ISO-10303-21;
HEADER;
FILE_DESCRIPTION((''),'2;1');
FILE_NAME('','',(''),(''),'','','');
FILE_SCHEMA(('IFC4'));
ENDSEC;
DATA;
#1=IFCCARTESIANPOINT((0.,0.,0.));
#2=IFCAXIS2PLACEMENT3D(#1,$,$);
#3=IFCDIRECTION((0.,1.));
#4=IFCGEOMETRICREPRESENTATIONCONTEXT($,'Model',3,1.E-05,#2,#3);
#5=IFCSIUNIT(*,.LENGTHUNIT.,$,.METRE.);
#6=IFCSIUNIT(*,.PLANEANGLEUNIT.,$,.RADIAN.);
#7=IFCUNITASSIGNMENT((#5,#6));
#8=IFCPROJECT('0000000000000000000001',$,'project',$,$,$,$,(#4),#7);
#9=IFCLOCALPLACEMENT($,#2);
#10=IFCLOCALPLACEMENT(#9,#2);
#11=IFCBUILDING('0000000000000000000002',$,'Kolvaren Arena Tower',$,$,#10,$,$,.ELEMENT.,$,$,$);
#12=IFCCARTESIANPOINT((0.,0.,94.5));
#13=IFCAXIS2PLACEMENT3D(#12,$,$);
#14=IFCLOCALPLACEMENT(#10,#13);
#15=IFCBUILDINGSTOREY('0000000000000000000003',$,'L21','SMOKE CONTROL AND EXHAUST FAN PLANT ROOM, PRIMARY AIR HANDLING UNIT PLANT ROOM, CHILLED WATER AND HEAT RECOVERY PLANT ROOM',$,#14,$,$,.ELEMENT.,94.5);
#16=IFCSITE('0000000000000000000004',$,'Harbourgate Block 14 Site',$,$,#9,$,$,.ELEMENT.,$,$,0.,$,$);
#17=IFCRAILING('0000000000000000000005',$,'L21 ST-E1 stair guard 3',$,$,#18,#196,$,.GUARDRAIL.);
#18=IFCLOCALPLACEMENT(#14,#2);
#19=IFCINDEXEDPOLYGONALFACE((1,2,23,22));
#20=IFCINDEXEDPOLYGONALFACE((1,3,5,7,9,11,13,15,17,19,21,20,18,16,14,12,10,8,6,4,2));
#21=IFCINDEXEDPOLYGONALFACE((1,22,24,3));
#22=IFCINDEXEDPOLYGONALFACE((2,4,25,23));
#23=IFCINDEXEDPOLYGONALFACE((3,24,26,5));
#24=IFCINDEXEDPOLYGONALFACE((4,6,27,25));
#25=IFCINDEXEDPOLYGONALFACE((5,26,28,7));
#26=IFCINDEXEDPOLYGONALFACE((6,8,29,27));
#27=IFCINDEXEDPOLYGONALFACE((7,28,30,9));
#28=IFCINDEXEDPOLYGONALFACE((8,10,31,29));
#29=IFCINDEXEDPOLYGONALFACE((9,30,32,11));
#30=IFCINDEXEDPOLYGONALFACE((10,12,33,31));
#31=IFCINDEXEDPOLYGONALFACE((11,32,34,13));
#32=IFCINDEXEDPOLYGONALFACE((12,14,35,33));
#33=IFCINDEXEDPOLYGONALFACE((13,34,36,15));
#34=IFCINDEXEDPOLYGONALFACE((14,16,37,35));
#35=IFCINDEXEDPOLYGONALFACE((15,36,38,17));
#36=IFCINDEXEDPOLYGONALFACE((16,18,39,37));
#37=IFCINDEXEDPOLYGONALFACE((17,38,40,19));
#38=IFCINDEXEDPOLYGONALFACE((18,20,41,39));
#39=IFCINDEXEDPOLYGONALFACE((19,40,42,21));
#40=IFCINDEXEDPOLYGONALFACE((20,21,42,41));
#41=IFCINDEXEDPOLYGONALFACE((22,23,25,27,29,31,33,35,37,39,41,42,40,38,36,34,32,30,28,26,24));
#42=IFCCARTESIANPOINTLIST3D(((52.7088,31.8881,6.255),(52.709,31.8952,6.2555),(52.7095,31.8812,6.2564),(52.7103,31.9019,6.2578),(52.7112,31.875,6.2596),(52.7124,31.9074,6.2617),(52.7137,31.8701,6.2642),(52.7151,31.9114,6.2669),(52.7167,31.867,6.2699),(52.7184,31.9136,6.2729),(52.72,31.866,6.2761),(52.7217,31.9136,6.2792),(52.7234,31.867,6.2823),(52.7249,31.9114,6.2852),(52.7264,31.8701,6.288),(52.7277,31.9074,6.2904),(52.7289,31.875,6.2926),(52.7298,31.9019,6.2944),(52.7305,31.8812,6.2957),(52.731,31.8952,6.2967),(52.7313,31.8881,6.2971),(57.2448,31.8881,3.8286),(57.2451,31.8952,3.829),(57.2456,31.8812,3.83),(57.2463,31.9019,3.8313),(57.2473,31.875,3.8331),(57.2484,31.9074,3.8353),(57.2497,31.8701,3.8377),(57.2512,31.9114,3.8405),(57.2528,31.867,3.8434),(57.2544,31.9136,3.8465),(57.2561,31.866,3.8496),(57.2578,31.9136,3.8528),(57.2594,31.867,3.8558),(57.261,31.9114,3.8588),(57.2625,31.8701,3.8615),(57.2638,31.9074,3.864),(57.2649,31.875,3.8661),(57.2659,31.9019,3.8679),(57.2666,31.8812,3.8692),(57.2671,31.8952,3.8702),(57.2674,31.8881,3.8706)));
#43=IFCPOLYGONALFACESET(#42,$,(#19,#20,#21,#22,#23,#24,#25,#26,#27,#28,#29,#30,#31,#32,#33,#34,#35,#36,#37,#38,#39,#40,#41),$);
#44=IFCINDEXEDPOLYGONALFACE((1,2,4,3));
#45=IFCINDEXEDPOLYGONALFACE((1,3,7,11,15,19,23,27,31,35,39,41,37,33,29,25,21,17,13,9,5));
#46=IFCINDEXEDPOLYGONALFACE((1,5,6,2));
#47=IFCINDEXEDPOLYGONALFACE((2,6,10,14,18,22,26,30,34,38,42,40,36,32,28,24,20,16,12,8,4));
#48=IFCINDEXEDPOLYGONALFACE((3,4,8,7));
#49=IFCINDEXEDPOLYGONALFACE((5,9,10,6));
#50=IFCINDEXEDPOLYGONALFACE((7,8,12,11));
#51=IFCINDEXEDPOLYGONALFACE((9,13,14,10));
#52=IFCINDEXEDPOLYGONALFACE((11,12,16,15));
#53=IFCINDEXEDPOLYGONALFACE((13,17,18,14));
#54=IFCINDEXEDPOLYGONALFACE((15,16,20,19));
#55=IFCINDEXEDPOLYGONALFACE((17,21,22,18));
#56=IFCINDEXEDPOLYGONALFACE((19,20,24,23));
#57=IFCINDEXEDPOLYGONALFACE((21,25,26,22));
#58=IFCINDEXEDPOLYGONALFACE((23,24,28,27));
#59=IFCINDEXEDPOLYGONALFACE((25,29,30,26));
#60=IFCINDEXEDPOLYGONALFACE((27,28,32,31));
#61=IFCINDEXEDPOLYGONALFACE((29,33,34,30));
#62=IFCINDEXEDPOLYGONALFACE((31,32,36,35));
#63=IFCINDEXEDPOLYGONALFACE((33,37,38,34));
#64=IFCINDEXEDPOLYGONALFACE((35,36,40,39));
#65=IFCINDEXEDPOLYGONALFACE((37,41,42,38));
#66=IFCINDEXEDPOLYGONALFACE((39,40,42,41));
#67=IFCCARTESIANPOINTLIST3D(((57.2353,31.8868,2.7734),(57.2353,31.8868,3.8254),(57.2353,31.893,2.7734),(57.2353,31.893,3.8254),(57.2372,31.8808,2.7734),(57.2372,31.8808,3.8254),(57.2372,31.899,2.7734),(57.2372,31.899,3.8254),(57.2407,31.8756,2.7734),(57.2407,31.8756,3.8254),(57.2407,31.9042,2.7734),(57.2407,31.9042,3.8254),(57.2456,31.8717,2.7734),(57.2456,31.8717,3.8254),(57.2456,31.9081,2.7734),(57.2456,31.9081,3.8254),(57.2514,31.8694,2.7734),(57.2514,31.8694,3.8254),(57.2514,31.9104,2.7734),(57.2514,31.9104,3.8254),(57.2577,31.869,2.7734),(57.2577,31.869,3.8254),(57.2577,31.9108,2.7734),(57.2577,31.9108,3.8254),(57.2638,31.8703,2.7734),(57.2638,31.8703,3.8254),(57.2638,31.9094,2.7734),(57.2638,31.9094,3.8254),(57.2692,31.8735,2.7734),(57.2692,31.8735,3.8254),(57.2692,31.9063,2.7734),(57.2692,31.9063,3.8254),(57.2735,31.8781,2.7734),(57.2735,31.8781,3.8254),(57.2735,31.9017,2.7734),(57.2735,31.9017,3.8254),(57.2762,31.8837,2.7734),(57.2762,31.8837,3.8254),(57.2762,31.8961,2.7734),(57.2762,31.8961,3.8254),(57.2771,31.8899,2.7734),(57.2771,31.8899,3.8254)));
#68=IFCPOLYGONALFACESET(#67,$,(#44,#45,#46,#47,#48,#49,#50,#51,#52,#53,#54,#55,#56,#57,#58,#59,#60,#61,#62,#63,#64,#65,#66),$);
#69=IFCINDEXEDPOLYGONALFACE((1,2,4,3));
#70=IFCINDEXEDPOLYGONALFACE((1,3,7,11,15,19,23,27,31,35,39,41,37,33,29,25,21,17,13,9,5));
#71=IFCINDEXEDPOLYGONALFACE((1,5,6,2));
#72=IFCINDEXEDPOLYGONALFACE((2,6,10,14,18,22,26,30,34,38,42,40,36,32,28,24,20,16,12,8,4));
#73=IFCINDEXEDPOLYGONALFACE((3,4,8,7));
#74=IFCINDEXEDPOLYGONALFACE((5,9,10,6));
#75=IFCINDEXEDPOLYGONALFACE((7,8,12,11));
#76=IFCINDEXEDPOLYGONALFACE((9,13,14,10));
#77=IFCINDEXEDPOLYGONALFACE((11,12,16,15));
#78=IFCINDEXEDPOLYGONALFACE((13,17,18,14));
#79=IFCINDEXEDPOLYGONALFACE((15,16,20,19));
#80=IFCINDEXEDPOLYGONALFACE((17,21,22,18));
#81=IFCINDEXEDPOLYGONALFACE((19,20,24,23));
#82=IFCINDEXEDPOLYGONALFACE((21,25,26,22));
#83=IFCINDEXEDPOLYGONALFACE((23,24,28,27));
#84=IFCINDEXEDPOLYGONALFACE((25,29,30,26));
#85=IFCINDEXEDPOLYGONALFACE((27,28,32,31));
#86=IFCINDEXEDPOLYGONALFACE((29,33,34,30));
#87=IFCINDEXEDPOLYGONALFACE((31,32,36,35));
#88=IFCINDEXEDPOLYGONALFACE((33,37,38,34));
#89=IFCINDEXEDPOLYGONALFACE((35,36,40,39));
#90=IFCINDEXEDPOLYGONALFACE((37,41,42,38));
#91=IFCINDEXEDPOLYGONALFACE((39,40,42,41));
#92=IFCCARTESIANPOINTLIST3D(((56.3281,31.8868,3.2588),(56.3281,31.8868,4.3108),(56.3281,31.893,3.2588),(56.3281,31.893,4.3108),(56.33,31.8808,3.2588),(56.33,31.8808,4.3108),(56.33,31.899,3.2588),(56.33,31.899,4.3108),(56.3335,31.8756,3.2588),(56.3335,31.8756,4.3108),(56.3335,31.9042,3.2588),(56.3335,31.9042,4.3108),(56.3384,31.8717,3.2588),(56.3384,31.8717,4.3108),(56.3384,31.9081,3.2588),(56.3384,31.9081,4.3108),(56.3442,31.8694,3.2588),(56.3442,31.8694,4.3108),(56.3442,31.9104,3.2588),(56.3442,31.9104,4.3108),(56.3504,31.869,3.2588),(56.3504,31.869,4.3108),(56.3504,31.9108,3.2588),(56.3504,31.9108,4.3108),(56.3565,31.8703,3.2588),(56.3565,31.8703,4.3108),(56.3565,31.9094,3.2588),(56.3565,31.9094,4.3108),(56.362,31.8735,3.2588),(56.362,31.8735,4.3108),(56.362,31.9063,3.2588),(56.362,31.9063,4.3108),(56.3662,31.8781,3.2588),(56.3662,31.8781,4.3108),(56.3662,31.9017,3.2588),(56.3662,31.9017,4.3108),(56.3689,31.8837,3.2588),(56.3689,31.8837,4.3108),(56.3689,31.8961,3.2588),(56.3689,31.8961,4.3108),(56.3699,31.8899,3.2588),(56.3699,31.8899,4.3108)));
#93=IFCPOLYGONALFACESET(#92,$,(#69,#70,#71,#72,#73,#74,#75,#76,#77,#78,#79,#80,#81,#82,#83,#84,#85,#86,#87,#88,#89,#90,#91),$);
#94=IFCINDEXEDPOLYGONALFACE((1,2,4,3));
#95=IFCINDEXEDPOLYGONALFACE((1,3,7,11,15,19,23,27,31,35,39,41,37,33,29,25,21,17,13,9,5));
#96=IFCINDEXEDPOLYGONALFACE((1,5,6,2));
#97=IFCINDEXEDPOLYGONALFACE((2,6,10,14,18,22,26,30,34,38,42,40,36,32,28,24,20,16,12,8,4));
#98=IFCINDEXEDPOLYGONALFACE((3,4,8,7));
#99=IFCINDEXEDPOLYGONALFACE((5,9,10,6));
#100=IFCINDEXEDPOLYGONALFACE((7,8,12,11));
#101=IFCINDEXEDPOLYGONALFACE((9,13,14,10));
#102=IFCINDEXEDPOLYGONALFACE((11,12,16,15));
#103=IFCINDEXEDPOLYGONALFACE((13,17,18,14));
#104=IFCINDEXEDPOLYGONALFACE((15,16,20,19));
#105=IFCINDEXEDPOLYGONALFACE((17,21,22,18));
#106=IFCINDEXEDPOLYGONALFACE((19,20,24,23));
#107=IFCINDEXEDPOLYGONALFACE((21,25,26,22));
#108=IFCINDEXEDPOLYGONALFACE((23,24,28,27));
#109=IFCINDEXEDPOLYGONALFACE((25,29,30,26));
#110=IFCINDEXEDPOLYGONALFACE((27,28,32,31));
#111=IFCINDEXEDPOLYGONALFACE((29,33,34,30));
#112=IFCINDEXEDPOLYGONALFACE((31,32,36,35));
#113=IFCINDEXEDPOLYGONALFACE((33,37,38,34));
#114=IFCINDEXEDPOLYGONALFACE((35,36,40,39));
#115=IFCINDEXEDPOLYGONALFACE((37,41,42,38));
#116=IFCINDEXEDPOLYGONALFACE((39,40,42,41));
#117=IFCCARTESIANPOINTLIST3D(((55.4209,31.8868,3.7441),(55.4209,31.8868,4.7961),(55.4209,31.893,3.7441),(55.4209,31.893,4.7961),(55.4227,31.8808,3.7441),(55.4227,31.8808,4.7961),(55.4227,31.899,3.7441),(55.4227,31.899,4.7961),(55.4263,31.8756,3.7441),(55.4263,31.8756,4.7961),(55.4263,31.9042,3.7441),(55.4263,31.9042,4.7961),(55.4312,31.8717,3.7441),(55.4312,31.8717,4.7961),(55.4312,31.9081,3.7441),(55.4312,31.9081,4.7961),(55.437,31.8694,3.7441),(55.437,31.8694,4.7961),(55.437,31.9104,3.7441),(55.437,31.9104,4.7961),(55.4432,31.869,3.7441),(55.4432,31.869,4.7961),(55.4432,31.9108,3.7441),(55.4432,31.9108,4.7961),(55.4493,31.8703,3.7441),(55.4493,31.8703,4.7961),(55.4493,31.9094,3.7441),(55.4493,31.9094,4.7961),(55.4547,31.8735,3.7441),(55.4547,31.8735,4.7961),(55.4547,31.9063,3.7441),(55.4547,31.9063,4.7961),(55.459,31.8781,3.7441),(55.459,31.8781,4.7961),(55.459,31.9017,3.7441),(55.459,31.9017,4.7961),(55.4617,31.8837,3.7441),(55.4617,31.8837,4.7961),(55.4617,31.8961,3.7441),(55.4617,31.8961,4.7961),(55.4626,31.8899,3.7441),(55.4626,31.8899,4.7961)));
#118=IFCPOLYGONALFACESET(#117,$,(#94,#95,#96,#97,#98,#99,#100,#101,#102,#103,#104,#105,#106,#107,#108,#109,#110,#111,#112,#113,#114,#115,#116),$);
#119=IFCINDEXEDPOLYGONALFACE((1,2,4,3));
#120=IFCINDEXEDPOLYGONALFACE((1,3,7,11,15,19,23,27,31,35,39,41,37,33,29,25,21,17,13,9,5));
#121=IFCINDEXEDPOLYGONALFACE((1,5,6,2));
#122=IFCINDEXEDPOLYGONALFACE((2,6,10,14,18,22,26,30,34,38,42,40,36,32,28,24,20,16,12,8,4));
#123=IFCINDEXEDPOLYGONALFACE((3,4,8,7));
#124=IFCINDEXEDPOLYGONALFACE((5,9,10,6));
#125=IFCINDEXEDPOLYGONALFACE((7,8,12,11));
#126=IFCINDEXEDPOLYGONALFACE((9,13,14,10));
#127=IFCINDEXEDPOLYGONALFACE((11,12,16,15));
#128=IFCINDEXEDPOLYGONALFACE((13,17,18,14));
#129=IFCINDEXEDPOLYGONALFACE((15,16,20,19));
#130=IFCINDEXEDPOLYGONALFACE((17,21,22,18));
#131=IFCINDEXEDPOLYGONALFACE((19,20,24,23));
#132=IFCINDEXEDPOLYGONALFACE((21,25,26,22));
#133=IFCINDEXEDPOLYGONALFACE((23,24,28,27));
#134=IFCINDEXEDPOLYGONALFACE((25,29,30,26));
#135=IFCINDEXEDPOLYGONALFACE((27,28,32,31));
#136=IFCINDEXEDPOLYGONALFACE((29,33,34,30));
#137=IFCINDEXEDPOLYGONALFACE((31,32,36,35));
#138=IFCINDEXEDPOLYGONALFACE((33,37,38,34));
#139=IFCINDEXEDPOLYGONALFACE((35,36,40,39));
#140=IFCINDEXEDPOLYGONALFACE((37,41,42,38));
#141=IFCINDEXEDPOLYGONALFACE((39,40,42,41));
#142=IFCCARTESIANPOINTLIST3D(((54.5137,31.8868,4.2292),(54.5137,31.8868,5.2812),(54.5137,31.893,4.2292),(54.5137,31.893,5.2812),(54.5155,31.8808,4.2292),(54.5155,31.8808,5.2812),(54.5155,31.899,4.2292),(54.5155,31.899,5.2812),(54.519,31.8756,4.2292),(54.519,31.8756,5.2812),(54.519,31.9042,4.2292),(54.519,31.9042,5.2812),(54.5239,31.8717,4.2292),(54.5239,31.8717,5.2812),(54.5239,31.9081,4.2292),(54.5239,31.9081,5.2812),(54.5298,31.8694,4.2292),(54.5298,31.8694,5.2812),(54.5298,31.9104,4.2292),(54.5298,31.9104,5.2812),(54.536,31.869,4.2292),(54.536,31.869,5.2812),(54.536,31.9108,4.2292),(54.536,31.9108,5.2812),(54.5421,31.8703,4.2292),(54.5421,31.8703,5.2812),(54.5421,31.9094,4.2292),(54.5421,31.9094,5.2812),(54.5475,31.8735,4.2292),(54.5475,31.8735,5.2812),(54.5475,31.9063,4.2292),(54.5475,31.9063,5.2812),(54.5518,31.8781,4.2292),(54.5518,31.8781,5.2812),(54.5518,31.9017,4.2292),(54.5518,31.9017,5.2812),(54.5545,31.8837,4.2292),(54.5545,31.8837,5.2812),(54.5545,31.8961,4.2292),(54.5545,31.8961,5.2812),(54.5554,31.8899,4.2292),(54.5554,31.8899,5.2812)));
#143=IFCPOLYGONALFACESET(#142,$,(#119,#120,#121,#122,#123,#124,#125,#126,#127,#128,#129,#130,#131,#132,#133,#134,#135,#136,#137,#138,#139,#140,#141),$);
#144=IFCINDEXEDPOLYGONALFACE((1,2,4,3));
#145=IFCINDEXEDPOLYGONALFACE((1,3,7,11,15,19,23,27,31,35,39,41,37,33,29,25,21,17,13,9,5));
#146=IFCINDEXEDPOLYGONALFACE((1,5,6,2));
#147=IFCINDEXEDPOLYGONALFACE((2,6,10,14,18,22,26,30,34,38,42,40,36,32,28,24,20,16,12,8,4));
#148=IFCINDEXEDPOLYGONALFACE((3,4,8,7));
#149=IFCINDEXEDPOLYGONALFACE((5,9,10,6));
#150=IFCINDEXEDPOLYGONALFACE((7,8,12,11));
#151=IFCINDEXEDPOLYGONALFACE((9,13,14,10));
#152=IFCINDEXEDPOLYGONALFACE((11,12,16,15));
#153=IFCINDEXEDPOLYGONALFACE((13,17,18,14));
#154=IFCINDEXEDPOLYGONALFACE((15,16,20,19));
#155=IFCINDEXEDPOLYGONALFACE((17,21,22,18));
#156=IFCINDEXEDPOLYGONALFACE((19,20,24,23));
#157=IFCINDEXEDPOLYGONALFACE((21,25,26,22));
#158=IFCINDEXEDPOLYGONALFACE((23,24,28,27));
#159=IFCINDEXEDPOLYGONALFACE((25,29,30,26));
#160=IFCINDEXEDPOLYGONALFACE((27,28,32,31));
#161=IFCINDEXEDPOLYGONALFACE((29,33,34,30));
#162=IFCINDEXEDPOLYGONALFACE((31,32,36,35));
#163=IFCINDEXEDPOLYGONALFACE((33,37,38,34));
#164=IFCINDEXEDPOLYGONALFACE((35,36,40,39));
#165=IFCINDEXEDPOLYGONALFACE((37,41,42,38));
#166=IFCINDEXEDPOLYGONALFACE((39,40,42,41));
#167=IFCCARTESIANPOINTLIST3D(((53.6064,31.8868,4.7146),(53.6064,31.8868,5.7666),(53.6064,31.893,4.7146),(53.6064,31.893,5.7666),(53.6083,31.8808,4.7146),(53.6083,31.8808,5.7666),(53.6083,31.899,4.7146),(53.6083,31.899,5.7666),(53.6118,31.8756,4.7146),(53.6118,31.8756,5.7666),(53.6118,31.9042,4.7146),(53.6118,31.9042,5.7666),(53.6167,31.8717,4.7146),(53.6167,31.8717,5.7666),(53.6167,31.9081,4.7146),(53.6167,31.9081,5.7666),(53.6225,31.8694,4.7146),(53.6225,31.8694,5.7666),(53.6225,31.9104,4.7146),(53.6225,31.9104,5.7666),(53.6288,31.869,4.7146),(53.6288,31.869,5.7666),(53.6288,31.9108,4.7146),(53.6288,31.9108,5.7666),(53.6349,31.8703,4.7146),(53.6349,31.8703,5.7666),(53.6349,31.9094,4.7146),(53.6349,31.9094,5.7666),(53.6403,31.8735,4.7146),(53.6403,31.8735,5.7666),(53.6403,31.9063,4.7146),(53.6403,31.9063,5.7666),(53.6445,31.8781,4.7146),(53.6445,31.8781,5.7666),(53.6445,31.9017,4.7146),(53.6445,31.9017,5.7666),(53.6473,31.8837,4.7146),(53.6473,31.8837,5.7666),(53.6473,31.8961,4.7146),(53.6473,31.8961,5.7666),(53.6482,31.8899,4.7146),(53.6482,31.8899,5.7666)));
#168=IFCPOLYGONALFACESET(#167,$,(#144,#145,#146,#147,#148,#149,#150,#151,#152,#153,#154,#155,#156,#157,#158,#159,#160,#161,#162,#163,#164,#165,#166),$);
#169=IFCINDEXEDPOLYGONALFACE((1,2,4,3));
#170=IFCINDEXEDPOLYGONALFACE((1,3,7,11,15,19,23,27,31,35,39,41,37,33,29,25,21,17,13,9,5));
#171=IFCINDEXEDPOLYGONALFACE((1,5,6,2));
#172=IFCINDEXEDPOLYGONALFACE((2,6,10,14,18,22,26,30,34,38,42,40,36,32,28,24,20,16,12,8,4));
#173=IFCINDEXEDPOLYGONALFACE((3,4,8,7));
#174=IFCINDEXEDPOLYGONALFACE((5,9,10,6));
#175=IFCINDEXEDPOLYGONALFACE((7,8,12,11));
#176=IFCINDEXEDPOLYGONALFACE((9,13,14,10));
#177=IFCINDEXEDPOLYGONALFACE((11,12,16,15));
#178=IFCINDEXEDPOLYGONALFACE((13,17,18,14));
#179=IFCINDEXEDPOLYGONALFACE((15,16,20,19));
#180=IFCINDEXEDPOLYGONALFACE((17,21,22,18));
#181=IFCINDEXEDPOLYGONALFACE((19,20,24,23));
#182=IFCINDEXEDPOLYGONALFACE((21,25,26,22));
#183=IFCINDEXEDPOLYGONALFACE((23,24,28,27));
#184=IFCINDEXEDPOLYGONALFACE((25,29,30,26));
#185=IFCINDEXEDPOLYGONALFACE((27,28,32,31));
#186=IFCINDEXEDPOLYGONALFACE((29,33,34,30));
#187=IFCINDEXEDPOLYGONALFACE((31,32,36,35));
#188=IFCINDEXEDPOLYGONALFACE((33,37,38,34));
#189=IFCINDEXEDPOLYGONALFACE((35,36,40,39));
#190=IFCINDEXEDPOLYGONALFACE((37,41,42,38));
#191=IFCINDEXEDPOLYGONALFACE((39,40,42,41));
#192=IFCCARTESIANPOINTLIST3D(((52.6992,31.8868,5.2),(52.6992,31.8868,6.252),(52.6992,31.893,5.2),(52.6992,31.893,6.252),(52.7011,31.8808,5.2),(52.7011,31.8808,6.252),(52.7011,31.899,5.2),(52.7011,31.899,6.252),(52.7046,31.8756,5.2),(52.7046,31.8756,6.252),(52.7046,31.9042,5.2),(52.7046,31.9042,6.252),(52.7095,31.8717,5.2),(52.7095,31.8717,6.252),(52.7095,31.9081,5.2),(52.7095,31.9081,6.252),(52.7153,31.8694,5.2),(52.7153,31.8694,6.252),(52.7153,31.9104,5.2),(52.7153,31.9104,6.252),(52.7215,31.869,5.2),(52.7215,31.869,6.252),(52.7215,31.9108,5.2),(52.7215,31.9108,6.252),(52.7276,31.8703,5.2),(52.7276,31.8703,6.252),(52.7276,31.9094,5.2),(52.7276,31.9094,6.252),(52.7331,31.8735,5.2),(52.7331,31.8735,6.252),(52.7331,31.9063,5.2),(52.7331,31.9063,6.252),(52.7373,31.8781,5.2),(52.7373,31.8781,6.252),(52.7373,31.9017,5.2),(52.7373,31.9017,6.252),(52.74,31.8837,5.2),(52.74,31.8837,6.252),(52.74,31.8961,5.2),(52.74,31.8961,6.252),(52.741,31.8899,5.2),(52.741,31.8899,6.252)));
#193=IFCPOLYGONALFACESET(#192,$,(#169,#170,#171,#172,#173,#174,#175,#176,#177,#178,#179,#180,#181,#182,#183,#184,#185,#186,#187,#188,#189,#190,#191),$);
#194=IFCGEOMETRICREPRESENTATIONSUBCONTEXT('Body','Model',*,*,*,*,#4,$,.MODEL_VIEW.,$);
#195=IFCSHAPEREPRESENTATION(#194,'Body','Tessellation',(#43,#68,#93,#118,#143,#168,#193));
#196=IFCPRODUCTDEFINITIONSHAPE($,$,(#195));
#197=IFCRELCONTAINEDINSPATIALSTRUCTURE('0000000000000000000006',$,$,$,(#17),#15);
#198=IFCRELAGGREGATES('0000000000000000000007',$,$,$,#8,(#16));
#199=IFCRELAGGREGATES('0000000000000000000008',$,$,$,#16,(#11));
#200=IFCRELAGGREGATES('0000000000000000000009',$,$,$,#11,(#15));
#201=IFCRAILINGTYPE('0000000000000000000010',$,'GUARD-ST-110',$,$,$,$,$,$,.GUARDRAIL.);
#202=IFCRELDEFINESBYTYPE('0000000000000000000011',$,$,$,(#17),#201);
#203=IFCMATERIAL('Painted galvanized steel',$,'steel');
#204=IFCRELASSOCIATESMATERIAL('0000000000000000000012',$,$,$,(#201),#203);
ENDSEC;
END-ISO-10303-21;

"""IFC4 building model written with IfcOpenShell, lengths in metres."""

from ifc_helpers import new_model, si_unit, direction, frame, origin, origin_2d, place, context, subcontext, project, spatial, circle, extrude, material, type_object, element, save


model = new_model("IFC4")

# Units and contexts
model_context = context("Model", 3, precision=1e-05, world=origin(), true_north=direction((0.0, 1.0)))
body_context = subcontext(model_context, "Body", "Model", "MODEL_VIEW")
ifc_project = project(units=[si_unit("LENGTHUNIT", "METRE"), si_unit("PLANEANGLEUNIT", "RADIAN")], contexts=[model_context])

# Site, building, storey
site_placement = place(None, origin())
site = spatial("IfcSite", under=ifc_project, at=site_placement, Name="Harbourgate Block 14 Site", CompositionType="ELEMENT", RefElevation=0.0)
building_placement = place(site_placement, origin())
building = spatial("IfcBuilding", under=site, at=building_placement, Name="Kolvaren Arena Tower", CompositionType="ELEMENT")
storey_placement = place(building_placement, frame((0.0, 0.0, 94.5)))
storey = spatial("IfcBuildingStorey", under=building, at=storey_placement, Name="L21", Description="SMOKE CONTROL AND EXHAUST FAN PLANT ROOM, PRIMARY AIR HANDLING UNIT PLANT ROOM, CHILLED WATER AND HEAT RECOVERY PLANT ROOM", CompositionType="ELEMENT", Elevation=94.5)

# Railing
ifc_material_1 = material(Name="Painted galvanized steel", Category="steel")
railing_type_1 = type_object("IfcRailingType", Name="GUARD-ST-110", PredefinedType="GUARDRAIL", material=ifc_material_1)
railing_1_placement = place(storey_placement, frame((57.2561, 31.8899, 2.7734)))
element("IfcRailing", 1, at=railing_1_placement, inside=storey, type_object=railing_type_1, Name="L21 ST-E1 stair guard 3", PredefinedType="GUARDRAIL", context=body_context, shape_type="SweptSolid", body=[
    extrude(circle(Radius=0.0239, at=origin_2d()), frame((0.0, 0.0, 1.0762), z_axis=(-0.881768, 0.0, 0.471684), x_axis=(0.0, -1.0, 0.0)), (0.0, 0.0, 1.0), 5.1443),
    extrude(circle(Radius=0.021, at=origin_2d()), origin(), (0.0, 0.0, 1.0), 1.052),
    extrude(circle(Radius=0.021, at=origin_2d()), frame((-0.9072, 0.0, 0.4854)), (0.0, 0.0, 1.0), 1.052),
    extrude(circle(Radius=0.021, at=origin_2d()), frame((-1.8145, 0.0, 0.9707)), (0.0, 0.0, 1.0), 1.052),
    extrude(circle(Radius=0.021, at=origin_2d()), frame((-2.7217, 0.0, 1.4558)), (0.0, 0.0, 1.0), 1.052),
    extrude(circle(Radius=0.021, at=origin_2d()), frame((-3.6289, 0.0, 1.9412)), (0.0, 0.0, 1.0), 1.052),
    extrude(circle(Radius=0.021, at=origin_2d()), frame((-4.5361, 0.0, 2.4265)), (0.0, 0.0, 1.0), 1.052),
])

save(model, "model.ifc")
